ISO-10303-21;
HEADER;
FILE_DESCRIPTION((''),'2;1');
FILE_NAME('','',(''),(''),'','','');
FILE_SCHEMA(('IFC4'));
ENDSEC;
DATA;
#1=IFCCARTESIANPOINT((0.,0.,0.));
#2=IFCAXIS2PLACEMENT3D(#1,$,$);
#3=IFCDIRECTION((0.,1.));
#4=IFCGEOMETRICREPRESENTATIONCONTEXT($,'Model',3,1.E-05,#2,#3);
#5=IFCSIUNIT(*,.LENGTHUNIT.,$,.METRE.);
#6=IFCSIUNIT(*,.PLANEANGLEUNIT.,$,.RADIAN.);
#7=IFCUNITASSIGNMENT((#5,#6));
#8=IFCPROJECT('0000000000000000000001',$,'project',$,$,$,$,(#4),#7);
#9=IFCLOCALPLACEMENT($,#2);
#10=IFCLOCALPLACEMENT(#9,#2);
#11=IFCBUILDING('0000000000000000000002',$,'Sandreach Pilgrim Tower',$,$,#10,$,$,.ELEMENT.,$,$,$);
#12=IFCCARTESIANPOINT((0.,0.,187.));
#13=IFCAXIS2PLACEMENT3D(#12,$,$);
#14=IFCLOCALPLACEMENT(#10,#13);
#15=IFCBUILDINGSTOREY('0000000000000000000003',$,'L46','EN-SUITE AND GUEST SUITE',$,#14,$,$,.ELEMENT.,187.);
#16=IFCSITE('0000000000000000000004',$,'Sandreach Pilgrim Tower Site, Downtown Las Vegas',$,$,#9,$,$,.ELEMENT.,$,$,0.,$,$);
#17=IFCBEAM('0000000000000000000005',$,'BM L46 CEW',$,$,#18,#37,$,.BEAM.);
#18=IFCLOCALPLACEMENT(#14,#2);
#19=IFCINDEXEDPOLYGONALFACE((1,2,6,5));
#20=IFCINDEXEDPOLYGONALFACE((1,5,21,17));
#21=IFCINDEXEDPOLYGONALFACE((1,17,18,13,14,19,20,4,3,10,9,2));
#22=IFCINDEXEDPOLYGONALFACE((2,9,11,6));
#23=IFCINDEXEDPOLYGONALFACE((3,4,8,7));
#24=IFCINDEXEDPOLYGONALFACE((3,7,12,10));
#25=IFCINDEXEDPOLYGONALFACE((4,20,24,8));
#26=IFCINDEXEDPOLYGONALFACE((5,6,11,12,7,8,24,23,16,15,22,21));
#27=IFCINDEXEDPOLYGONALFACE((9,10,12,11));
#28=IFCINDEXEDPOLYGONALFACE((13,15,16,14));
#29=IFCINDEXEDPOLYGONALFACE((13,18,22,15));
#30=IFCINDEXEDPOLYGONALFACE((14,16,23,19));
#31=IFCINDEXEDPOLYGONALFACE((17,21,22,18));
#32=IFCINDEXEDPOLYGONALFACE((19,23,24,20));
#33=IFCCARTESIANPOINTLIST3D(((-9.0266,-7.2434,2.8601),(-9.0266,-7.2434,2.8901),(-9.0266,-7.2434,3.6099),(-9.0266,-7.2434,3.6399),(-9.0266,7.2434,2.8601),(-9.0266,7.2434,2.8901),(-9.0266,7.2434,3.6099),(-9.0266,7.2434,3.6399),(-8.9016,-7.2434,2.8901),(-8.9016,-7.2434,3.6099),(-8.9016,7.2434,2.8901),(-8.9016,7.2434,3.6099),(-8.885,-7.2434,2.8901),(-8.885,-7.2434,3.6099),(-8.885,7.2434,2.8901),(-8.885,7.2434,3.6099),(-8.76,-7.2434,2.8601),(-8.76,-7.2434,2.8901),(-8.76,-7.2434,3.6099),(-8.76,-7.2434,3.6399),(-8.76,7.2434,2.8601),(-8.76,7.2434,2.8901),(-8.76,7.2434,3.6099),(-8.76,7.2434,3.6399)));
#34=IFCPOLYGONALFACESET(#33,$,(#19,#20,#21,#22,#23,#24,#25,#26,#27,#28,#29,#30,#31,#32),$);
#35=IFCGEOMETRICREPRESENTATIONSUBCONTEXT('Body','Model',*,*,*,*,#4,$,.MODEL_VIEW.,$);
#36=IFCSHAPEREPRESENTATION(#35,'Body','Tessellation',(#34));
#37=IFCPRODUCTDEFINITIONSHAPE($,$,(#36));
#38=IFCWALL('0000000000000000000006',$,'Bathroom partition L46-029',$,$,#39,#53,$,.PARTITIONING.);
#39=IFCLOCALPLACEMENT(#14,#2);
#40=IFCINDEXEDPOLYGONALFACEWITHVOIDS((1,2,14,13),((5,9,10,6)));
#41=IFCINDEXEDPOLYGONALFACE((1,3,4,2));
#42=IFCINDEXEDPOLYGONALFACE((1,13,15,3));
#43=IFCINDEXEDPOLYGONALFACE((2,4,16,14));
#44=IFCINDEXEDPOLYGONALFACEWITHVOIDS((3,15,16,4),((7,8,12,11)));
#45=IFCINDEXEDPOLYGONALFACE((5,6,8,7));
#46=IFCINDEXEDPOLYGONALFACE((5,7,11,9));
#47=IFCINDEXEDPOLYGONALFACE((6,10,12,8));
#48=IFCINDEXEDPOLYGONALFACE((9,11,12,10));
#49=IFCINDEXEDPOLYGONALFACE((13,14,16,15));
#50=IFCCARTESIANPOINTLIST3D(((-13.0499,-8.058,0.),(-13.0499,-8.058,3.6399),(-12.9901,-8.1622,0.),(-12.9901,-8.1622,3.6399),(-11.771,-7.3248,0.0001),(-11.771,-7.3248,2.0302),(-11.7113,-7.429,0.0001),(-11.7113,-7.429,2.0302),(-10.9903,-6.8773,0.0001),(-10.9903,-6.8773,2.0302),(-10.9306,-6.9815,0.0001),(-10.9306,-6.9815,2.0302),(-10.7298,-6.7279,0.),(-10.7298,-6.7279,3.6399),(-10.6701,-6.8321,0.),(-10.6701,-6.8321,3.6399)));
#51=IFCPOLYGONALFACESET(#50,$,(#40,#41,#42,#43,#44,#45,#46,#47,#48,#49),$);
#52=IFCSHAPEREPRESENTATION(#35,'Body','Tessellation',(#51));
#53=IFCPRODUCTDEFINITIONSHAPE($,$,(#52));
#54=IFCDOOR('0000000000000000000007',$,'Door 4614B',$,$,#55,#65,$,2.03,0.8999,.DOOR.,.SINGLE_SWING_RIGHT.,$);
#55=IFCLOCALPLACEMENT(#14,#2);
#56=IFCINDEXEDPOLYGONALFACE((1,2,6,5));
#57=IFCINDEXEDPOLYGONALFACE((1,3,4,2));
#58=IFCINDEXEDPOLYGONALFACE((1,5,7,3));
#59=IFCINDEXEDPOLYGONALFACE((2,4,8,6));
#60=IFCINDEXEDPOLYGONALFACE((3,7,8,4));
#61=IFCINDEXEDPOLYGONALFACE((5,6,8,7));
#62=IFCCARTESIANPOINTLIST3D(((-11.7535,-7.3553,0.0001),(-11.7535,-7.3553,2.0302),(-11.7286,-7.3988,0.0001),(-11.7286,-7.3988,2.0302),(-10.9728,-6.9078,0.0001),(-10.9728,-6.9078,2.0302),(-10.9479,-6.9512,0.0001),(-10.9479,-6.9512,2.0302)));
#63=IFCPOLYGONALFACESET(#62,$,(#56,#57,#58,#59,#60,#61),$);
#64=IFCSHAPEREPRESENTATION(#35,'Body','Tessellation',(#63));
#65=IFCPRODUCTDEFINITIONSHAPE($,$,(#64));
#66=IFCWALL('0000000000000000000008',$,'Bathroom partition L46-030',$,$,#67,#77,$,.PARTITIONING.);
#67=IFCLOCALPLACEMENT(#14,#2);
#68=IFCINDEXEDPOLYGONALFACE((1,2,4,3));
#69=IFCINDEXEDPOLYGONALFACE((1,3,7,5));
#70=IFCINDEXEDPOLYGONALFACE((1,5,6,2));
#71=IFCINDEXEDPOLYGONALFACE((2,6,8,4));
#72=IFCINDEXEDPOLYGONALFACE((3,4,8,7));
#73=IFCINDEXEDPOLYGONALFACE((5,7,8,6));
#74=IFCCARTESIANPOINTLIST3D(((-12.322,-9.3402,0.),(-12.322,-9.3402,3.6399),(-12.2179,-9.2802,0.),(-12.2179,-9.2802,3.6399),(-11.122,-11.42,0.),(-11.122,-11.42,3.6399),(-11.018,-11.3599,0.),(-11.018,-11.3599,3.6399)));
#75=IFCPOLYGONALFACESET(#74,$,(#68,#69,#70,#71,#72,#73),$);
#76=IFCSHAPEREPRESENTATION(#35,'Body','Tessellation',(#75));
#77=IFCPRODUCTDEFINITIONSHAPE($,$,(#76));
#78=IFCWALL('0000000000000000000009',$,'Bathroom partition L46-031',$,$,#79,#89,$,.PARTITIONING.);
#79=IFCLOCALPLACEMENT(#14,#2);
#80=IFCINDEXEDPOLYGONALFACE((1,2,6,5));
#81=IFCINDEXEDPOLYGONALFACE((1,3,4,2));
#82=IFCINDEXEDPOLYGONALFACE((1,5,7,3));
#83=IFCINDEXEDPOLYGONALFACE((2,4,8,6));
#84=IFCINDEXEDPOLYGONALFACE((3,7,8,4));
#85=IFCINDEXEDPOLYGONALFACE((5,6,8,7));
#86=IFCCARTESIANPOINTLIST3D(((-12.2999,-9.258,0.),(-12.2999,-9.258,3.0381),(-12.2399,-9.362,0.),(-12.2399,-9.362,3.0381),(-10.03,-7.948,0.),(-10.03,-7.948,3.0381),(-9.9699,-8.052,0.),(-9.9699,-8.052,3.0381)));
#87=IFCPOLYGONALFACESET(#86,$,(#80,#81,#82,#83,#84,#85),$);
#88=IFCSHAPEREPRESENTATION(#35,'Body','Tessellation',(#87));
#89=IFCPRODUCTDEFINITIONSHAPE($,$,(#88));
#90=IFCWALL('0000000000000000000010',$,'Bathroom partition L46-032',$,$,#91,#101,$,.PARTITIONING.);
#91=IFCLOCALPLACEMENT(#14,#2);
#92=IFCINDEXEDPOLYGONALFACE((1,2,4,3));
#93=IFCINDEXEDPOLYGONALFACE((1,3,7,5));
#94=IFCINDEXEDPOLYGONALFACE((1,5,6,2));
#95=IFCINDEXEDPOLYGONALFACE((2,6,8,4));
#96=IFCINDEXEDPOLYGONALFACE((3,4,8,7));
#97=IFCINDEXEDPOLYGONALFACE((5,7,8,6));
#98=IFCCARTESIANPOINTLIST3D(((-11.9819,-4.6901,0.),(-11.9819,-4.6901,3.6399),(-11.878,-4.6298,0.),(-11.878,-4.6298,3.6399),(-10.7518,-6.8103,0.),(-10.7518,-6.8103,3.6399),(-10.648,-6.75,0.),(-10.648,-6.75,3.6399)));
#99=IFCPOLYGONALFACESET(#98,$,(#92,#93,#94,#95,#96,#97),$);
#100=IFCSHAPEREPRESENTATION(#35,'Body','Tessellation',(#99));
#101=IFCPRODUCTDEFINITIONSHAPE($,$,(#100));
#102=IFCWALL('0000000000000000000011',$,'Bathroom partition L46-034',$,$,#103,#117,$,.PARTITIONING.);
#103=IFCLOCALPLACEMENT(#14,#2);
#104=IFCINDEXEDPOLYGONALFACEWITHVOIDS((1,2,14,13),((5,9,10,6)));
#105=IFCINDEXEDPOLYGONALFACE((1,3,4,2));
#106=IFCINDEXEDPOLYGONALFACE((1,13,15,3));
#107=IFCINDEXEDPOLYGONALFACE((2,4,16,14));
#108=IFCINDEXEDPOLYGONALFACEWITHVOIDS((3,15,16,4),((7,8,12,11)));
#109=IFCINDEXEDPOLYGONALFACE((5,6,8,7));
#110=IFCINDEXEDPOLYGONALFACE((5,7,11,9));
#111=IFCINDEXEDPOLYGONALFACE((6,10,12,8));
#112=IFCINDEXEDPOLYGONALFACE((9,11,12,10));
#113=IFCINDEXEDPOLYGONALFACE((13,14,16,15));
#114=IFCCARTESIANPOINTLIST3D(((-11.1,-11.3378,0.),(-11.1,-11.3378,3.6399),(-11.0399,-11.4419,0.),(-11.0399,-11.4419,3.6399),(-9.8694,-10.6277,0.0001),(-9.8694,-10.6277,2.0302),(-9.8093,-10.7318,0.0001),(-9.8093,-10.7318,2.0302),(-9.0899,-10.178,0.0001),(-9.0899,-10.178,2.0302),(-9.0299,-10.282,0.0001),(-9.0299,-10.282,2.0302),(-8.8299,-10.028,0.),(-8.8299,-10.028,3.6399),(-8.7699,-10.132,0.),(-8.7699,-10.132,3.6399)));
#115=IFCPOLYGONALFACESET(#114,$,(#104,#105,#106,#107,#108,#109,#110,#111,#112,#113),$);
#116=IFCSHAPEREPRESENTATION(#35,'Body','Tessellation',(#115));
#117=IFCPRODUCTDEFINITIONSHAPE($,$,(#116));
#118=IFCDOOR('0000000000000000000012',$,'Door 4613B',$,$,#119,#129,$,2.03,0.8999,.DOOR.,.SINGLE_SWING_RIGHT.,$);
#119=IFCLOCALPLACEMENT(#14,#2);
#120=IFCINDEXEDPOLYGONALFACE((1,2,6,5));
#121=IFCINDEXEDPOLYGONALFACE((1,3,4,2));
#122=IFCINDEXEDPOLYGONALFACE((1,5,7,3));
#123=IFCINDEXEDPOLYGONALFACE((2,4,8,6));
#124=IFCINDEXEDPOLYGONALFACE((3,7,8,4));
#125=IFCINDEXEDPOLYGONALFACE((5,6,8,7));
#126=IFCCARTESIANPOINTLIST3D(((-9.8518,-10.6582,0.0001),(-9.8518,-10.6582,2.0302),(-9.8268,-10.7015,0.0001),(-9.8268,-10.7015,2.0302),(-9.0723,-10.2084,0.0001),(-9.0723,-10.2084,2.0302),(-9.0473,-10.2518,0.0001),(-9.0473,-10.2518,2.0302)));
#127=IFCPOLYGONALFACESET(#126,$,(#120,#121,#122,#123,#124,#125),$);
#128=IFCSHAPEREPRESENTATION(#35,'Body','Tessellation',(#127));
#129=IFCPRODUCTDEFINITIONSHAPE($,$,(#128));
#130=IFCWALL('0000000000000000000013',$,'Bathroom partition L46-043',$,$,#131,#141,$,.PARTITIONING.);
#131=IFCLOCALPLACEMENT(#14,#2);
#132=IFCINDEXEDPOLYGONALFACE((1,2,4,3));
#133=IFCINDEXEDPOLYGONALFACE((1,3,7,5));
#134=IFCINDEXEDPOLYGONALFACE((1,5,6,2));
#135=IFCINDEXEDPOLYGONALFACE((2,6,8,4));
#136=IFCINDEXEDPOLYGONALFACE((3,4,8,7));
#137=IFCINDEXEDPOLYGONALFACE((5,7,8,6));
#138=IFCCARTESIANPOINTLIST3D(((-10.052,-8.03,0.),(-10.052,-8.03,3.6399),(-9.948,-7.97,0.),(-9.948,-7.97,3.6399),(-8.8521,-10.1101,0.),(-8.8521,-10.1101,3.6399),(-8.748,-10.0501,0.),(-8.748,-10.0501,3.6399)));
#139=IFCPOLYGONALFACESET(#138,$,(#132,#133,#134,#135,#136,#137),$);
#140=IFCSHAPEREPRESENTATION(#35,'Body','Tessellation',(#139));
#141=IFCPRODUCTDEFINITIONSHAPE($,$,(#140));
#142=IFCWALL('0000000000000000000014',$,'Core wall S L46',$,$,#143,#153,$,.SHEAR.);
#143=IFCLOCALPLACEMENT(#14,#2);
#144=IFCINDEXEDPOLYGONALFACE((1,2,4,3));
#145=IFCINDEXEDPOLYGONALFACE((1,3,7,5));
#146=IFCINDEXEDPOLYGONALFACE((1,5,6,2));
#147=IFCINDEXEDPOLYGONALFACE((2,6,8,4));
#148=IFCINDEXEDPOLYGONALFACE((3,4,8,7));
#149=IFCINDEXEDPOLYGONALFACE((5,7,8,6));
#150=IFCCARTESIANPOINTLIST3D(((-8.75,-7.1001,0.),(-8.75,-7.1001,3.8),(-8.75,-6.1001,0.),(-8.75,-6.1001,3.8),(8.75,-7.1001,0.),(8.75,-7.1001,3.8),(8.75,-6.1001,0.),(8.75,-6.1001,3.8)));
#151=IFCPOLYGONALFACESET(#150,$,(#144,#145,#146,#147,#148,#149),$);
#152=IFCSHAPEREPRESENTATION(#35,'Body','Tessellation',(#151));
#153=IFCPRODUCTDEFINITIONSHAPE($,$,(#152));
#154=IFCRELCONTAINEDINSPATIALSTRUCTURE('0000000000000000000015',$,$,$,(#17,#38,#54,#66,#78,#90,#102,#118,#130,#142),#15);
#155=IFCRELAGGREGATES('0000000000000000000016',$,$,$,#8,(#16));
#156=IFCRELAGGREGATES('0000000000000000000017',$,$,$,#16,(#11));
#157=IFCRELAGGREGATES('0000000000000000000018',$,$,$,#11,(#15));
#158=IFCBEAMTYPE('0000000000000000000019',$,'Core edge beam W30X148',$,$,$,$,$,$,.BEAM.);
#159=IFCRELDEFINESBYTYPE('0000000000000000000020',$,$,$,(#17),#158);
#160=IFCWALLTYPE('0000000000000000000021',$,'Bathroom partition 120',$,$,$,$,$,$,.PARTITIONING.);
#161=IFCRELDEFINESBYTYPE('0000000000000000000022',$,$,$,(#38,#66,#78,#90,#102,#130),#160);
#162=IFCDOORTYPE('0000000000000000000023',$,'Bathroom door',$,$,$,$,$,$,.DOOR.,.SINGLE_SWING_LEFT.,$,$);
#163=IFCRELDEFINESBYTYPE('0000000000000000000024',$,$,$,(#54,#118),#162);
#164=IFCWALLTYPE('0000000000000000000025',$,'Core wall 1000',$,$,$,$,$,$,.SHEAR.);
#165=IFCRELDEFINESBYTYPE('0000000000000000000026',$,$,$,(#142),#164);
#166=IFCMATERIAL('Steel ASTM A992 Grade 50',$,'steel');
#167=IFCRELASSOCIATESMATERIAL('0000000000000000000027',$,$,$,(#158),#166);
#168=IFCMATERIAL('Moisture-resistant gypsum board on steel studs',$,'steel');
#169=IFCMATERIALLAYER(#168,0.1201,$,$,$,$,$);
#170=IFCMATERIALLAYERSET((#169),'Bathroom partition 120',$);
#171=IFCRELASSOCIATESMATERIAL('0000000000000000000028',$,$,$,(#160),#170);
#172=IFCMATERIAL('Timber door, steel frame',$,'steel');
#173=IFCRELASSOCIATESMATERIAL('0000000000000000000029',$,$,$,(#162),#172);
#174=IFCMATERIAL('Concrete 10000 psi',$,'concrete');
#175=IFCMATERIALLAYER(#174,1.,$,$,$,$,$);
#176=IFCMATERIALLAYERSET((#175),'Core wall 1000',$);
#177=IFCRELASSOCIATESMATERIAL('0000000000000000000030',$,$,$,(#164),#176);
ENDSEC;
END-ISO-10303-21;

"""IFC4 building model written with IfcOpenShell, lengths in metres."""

from ifc_helpers import new_model, si_unit, direction, frame, frame_2d, origin, origin_2d, place, context, subcontext, project, spatial, rectangle, i_section, extrude, material, layer, layer_set, material_profile, profile_set, type_object, element, fill, save


model = new_model("IFC4")

# Units and contexts
model_context = context("Model", 3, precision=1e-05, world=origin(), true_north=direction((0.0, 1.0)))
body_context = subcontext(model_context, "Body", "Model", "MODEL_VIEW")
ifc_project = project(units=[si_unit("LENGTHUNIT", "METRE"), si_unit("PLANEANGLEUNIT", "RADIAN")], contexts=[model_context])

# Site, building, storey
site_placement = place(None, origin())
site = spatial("IfcSite", under=ifc_project, at=site_placement, Name="Sandreach Pilgrim Tower Site, Downtown Las Vegas", CompositionType="ELEMENT", RefElevation=0.0)
building_placement = place(site_placement, origin())
building = spatial("IfcBuilding", under=site, at=building_placement, Name="Sandreach Pilgrim Tower", CompositionType="ELEMENT")
storey_placement = place(building_placement, frame((0.0, 0.0, 187.0)))
storey = spatial("IfcBuildingStorey", under=building, at=storey_placement, Name="L46", Description="EN-SUITE AND GUEST SUITE", CompositionType="ELEMENT", Elevation=187.0)

# Beam
ifc_material_1 = material(Name="Steel ASTM A992 Grade 50", Category="steel")
ifc_material_profile = material_profile(ifc_material_1, i_section(OverallWidth=0.2666, OverallDepth=0.7798, WebThickness=0.0166, FlangeThickness=0.03, at=origin_2d()), Name="W30X148")
ifc_profile_set = profile_set([ifc_material_profile], Name="Steel ASTM A992 Grade 50")
beam_type = type_object("IfcBeamType", Name="Core edge beam W30X148", PredefinedType="BEAM", material=ifc_profile_set)
beam_placement = place(storey_placement, frame((-8.8933, -7.2434, 3.25), z_axis=(0.0, 1.0, 0.0), x_axis=(-1.0, 0.0, 0.0)))
element("IfcBeam", 1, at=beam_placement, inside=storey, type_object=beam_type, Name="BM L46 CEW", PredefinedType="BEAM", context=body_context, shape_type="SweptSolid", body=[
    extrude(i_section(OverallWidth=0.2666, OverallDepth=0.7798, WebThickness=0.0166, FlangeThickness=0.03, at=origin_2d()), origin(), (0.0, 0.0, 1.0), 14.4868),
])

# Wall, opening, door
ifc_material_2 = material(Name="Moisture-resistant gypsum board on steel studs", Category="steel")
ifc_layer_1 = layer(ifc_material_2, 0.1201)
ifc_layer_set_1 = layer_set([ifc_layer_1], Name="Bathroom partition 120")
wall_type_1 = type_object("IfcWallType", Name="Bathroom partition 120", PredefinedType="PARTITIONING", material=ifc_layer_set_1)
wall_1_placement = place(storey_placement, frame((-13.02, -8.1101, 0.0), z_axis=(0.0, 0.0, 1.0), x_axis=(0.867546, 0.497358, 0.0)))
wall_1 = element("IfcWall", 2, at=wall_1_placement, inside=storey, type_object=wall_type_1, Name="Bathroom partition L46-029", PredefinedType="PARTITIONING", context=body_context, shape_type="SweptSolid", body=[
    extrude(rectangle(XDim=2.6743, YDim=0.1201, at=frame_2d((1.3372, 0.0))), origin(), (0.0, 0.0, 1.0), 3.6399),
])
opening_1_placement = place(wall_1_placement, frame((1.4741, 0.0, 0.0)))
opening_1 = element("IfcOpeningElement", 3, at=opening_1_placement, cuts=wall_1, PredefinedType="OPENING", context=body_context, shape_type="SweptSolid", body=[
    extrude(rectangle(XDim=0.8999, YDim=2.03, at=frame_2d((0.45, 1.0151))), frame((0.0, 0.0601, 0.0), z_axis=(0.0, -1.0, 0.0), x_axis=(1.0, 0.0, 0.0)), (0.0, 0.0, 1.0), 0.1201),
])
ifc_material_3 = material(Name="Timber door, steel frame", Category="steel")
door_type_1 = type_object("IfcDoorType", Name="Bathroom door", OperationType="SINGLE_SWING_LEFT", PredefinedType="DOOR", material=ifc_material_3)
door_1_placement = place(opening_1_placement, origin())
door_1 = element("IfcDoor", 4, at=door_1_placement, inside=storey, type_object=door_type_1, Name="Door 4614B", OperationType="SINGLE_SWING_RIGHT", OverallHeight=2.03, OverallWidth=0.8999, PredefinedType="DOOR", context=body_context, shape_type="SweptSolid", body=[
    extrude(rectangle(XDim=0.8999, YDim=2.03, at=frame_2d((0.45, 1.0151))), frame((0.0, 0.0249, 0.0), z_axis=(0.0, -1.0, 0.0), x_axis=(1.0, 0.0, 0.0)), (0.0, 0.0, 1.0), 0.05),
])
fill(opening_1, door_1)

# Walls
wall_2_placement = place(storey_placement, frame((-12.27, -9.3101, 0.0), z_axis=(0.0, 0.0, 1.0), x_axis=(0.499737, -0.866177, 0.0)))
element("IfcWall", 5, at=wall_2_placement, inside=storey, type_object=wall_type_1, Name="Bathroom partition L46-030", PredefinedType="PARTITIONING", context=body_context, shape_type="SweptSolid", body=[
    extrude(rectangle(XDim=2.4011, YDim=0.1201, at=frame_2d((1.2007, 0.0))), origin(), (0.0, 0.0, 1.0), 3.6399),
])
wall_3_placement = place(storey_placement, frame((-12.27, -9.3101, 0.0), z_axis=(0.0, 0.0, 1.0), x_axis=(0.866114, 0.499846, 0.0)))
element("IfcWall", 6, at=wall_3_placement, inside=storey, type_object=wall_type_1, Name="Bathroom partition L46-031", PredefinedType="PARTITIONING", context=body_context, shape_type="SweptSolid", body=[
    extrude(rectangle(XDim=2.6208, YDim=0.1201, at=frame_2d((1.3105, 0.0))), origin(), (0.0, 0.0, 1.0), 3.0381),
])
wall_4_placement = place(storey_placement, frame((-11.9299, -4.6599, 0.0), z_axis=(0.0, 0.0, 1.0), x_axis=(0.501813, -0.864976, 0.0)))
element("IfcWall", 7, at=wall_4_placement, inside=storey, type_object=wall_type_1, Name="Bathroom partition L46-032", PredefinedType="PARTITIONING", context=body_context, shape_type="SweptSolid", body=[
    extrude(rectangle(XDim=2.4512, YDim=0.1201, at=frame_2d((1.2256, 0.0))), origin(), (0.0, 0.0, 1.0), 3.6399),
])

# Wall, opening, door
wall_5_placement = place(storey_placement, frame((-11.0701, -11.3899, 0.0), z_axis=(0.0, 0.0, 1.0), x_axis=(0.866155, 0.499776, 0.0)))
wall_5 = element("IfcWall", 8, at=wall_5_placement, inside=storey, type_object=wall_type_1, Name="Bathroom partition L46-034", PredefinedType="PARTITIONING", context=body_context, shape_type="SweptSolid", body=[
    extrude(rectangle(XDim=2.6208, YDim=0.1201, at=frame_2d((1.3105, 0.0))), origin(), (0.0, 0.0, 1.0), 3.6399),
])
opening_2_placement = place(wall_5_placement, frame((1.4209, 0.0, 0.0)))
opening_2 = element("IfcOpeningElement", 9, at=opening_2_placement, cuts=wall_5, PredefinedType="OPENING", context=body_context, shape_type="SweptSolid", body=[
    extrude(rectangle(XDim=0.8999, YDim=2.03, at=frame_2d((0.45, 1.0151))), frame((0.0, 0.0601, 0.0), z_axis=(0.0, -1.0, 0.0), x_axis=(1.0, 0.0, 0.0)), (0.0, 0.0, 1.0), 0.1201),
])
door_2_placement = place(opening_2_placement, origin())
door_2 = element("IfcDoor", 10, at=door_2_placement, inside=storey, type_object=door_type_1, Name="Door 4613B", OperationType="SINGLE_SWING_RIGHT", OverallHeight=2.03, OverallWidth=0.8999, PredefinedType="DOOR", context=body_context, shape_type="SweptSolid", body=[
    extrude(rectangle(XDim=0.8999, YDim=2.03, at=frame_2d((0.45, 1.0151))), frame((0.0, 0.0249, 0.0), z_axis=(0.0, -1.0, 0.0), x_axis=(1.0, 0.0, 0.0)), (0.0, 0.0, 1.0), 0.05),
])
fill(opening_2, door_2)

# Walls
wall_6_placement = place(storey_placement, frame((-10.0, -8.0, 0.0), z_axis=(0.0, 0.0, 1.0), x_axis=(0.499693, -0.866203, 0.0)))
element("IfcWall", 11, at=wall_6_placement, inside=storey, type_object=wall_type_1, Name="Bathroom partition L46-043", PredefinedType="PARTITIONING", context=body_context, shape_type="SweptSolid", body=[
    extrude(rectangle(XDim=2.4014, YDim=0.1201, at=frame_2d((1.2007, 0.0))), origin(), (0.0, 0.0, 1.0), 3.6399),
])
ifc_material_4 = material(Name="Concrete 10000 psi", Category="concrete")
ifc_layer_2 = layer(ifc_material_4, 1.0)
ifc_layer_set_2 = layer_set([ifc_layer_2], Name="Core wall 1000")
wall_type_2 = type_object("IfcWallType", Name="Core wall 1000", PredefinedType="SHEAR", material=ifc_layer_set_2)
wall_7_placement = place(storey_placement, frame((-8.75, -6.6001, 0.0), z_axis=(0.0, 0.0, 1.0), x_axis=(1.0, 0.0, 0.0)))
element("IfcWall", 12, at=wall_7_placement, inside=storey, type_object=wall_type_2, Name="Core wall S L46", PredefinedType="SHEAR", context=body_context, shape_type="SweptSolid", body=[
    extrude(rectangle(XDim=17.5, YDim=1.0, at=frame_2d((8.75, 0.0))), origin(), (0.0, 0.0, 1.0), 3.8),
])

save(model, "model.ifc")
